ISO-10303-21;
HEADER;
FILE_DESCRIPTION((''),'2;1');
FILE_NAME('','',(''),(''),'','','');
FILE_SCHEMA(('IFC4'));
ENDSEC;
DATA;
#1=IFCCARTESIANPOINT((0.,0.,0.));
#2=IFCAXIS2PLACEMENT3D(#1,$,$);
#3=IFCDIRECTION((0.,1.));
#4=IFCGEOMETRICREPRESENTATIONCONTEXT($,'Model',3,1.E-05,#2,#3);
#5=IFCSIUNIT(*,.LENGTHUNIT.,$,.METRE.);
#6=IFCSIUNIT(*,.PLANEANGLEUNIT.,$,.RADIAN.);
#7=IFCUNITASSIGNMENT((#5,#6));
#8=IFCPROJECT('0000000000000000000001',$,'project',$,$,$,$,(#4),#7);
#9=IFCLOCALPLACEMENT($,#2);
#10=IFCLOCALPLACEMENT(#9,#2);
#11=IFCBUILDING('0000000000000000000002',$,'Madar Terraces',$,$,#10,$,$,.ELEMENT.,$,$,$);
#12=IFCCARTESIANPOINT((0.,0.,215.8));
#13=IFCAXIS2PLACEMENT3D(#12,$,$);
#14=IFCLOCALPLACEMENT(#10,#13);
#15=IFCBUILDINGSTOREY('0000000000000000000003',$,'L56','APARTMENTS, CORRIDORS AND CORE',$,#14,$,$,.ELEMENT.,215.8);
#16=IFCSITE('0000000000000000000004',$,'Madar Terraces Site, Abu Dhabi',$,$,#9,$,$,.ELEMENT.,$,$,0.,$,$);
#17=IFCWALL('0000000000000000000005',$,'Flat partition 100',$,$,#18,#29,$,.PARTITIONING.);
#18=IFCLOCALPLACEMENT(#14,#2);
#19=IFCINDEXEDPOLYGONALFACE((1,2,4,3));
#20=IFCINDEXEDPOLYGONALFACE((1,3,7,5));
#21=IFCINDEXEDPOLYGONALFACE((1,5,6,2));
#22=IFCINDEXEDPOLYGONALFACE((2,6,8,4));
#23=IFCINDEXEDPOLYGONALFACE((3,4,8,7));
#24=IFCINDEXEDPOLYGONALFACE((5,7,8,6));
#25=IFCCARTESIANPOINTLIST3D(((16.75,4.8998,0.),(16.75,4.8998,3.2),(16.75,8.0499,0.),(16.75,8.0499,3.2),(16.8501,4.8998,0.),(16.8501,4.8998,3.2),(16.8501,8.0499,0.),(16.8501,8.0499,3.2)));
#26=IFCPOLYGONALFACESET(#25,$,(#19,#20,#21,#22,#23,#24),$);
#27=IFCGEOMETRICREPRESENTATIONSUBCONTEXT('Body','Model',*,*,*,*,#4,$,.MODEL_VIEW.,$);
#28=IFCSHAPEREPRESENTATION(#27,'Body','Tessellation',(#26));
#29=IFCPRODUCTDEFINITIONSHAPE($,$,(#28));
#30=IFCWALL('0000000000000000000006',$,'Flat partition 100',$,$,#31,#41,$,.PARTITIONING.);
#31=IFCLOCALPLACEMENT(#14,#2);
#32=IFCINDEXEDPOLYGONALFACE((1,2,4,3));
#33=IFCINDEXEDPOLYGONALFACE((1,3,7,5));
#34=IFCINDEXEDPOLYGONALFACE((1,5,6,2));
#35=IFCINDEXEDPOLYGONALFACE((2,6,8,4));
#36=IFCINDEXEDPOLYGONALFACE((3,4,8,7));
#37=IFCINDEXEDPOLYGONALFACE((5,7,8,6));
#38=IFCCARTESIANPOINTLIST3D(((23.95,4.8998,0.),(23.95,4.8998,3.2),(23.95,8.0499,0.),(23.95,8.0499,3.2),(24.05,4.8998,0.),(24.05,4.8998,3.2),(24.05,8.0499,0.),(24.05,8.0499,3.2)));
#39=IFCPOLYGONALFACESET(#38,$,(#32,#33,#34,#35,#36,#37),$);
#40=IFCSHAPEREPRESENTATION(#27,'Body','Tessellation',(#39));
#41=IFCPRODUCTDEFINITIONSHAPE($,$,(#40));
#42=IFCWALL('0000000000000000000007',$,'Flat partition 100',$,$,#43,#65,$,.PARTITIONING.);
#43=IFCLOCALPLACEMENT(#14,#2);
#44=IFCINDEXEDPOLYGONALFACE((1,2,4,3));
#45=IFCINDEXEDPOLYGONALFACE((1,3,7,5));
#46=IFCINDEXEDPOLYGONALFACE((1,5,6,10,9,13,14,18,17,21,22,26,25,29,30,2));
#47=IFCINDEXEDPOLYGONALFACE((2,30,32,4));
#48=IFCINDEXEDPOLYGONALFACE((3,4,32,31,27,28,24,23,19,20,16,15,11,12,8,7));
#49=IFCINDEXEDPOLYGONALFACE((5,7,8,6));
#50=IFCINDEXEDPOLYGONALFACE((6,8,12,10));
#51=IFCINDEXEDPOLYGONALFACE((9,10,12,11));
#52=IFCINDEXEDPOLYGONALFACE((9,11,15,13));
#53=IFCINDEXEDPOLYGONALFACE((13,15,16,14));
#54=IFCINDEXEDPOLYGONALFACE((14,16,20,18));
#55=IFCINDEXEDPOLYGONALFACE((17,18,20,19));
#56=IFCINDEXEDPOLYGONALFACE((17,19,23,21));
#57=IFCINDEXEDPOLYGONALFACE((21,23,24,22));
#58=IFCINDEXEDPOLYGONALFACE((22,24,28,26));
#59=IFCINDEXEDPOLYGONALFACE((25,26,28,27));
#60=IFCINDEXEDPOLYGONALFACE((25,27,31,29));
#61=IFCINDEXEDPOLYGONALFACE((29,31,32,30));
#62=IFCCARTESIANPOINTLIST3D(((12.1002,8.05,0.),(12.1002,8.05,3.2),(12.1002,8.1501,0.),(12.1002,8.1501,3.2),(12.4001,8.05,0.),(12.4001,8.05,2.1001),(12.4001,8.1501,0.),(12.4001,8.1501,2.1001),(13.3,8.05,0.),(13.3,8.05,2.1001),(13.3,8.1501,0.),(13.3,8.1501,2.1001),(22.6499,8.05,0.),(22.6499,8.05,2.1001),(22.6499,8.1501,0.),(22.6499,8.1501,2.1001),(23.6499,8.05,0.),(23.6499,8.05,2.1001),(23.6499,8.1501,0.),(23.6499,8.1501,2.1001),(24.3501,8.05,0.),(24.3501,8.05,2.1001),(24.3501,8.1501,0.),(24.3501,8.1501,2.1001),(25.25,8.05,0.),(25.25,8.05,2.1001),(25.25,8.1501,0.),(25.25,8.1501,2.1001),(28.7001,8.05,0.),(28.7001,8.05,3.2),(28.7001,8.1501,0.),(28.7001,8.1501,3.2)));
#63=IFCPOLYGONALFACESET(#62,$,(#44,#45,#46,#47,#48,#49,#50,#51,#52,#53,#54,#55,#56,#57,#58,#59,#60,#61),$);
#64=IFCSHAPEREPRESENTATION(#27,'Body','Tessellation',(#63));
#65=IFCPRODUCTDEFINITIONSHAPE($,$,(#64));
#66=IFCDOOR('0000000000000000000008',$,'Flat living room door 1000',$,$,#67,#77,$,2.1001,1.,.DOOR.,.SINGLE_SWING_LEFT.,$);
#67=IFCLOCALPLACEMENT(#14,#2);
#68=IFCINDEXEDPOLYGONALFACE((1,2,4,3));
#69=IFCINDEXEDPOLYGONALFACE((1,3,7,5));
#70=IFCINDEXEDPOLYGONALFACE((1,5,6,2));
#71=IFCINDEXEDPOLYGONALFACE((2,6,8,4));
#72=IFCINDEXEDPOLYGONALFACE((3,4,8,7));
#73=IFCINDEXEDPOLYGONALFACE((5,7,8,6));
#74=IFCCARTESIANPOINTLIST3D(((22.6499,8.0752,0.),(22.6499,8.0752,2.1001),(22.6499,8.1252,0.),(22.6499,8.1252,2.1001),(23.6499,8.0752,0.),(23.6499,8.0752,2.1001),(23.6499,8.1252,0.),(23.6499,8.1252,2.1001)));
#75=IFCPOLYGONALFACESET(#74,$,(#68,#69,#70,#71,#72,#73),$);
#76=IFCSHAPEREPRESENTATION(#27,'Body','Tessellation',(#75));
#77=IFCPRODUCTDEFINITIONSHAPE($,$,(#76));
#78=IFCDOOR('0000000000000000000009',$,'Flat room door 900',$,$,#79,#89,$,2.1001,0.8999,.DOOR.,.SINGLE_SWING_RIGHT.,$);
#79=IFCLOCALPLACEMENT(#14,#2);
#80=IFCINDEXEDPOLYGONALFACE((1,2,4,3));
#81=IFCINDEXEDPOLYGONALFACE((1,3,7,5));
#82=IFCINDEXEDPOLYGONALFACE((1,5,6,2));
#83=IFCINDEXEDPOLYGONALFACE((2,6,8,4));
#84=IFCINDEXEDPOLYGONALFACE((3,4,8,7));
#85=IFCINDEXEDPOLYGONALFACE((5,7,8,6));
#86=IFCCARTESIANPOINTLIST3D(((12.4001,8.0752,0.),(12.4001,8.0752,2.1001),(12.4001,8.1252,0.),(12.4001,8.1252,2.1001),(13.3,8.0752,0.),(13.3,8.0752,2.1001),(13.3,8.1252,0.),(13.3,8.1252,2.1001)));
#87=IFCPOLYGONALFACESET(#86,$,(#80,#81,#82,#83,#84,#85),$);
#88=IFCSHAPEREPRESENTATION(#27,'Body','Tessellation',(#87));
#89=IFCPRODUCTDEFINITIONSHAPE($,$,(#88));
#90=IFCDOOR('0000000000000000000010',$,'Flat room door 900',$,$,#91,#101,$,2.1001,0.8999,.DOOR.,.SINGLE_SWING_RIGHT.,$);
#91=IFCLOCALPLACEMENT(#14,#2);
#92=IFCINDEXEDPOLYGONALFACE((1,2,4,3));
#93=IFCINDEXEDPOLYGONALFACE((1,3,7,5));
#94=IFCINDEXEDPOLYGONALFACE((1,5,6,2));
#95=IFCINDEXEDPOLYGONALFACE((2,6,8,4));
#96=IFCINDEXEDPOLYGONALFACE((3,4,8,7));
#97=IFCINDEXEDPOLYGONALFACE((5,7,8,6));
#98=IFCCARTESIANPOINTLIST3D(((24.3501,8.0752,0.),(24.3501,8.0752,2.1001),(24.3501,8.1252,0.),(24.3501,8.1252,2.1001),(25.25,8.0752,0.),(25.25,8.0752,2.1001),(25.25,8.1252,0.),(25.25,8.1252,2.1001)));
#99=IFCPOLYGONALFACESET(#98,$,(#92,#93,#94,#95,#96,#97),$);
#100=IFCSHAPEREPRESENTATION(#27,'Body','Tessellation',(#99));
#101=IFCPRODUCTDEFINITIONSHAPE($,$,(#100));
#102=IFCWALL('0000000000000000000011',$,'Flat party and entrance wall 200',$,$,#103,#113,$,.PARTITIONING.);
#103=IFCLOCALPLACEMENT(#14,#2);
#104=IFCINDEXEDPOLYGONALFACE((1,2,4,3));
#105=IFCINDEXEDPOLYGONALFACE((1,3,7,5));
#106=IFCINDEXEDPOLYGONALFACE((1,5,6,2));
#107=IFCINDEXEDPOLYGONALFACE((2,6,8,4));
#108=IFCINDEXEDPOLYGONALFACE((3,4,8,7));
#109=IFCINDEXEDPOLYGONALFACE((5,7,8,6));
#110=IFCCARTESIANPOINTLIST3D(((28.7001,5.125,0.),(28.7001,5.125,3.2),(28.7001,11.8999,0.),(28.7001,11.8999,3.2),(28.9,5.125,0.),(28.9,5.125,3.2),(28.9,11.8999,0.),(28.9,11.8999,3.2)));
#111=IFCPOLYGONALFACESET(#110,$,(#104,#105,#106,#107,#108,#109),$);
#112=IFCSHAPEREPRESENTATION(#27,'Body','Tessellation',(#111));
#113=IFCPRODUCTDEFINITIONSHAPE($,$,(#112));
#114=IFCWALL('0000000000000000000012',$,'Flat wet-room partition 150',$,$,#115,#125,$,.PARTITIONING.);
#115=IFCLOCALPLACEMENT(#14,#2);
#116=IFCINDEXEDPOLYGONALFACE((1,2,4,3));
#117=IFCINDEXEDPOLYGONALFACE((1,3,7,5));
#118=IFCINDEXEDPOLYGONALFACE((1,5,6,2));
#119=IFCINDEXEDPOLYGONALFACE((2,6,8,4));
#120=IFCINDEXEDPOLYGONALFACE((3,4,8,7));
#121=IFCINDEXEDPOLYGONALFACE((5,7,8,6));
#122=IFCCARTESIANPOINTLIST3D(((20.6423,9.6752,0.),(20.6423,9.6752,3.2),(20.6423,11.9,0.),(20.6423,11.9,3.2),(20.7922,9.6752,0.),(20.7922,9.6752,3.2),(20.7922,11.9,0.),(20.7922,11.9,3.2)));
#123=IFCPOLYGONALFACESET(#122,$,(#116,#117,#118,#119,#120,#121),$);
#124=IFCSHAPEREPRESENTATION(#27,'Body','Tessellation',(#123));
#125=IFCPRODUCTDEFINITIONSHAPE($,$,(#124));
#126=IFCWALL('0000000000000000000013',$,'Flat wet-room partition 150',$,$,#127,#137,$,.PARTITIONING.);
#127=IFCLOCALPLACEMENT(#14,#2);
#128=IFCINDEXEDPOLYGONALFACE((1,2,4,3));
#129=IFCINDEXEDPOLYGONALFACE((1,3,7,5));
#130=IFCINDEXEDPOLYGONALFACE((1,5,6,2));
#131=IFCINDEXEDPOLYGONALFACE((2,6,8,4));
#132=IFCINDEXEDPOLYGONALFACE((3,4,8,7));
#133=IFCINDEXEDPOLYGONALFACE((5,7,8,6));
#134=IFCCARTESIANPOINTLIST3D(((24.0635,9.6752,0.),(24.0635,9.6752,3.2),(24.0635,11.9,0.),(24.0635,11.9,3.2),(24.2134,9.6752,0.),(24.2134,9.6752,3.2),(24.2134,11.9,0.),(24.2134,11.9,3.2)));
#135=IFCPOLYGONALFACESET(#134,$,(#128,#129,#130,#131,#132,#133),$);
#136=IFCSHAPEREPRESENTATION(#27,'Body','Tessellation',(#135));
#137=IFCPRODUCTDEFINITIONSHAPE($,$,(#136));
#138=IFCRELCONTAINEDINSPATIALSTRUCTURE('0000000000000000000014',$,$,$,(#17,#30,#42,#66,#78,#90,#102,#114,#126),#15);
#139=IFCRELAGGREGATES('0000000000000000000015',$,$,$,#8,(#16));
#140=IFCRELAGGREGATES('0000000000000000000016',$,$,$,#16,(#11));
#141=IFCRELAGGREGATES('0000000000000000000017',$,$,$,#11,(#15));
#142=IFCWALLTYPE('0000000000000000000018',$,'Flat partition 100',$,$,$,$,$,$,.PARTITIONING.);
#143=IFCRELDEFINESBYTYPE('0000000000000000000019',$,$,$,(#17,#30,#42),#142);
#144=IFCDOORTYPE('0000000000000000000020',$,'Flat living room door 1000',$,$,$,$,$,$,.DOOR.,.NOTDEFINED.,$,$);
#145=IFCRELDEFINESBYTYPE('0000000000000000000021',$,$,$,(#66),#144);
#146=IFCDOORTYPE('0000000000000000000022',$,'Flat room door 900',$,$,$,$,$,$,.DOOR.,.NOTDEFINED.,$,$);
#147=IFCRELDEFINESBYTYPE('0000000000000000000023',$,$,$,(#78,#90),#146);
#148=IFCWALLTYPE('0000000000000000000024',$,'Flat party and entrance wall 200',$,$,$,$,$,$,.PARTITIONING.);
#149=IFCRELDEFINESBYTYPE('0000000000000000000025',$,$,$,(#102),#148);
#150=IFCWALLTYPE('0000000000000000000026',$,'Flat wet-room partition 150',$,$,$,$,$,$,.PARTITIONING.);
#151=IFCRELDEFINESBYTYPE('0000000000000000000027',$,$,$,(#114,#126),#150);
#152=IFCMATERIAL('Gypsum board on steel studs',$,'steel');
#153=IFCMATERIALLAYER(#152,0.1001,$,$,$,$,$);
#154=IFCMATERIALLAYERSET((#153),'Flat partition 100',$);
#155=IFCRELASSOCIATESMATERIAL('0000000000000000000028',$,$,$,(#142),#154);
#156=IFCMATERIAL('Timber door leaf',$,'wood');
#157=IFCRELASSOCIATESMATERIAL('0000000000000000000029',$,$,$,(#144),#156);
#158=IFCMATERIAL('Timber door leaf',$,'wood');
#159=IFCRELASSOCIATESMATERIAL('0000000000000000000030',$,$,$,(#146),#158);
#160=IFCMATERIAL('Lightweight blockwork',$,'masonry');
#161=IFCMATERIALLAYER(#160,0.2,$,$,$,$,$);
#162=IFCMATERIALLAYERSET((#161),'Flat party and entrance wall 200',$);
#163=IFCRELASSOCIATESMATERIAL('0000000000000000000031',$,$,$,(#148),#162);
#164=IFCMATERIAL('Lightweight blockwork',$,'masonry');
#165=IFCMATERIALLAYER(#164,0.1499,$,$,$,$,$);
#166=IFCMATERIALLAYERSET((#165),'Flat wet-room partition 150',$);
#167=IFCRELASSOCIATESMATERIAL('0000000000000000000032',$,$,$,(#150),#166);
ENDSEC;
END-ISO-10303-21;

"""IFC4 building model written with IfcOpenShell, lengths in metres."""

from ifc_helpers import new_model, si_unit, direction, frame, frame_2d, origin, place, context, subcontext, project, spatial, rectangle, extrude, material, layer, layer_set, type_object, element, fill, save


model = new_model("IFC4")

# Units and contexts
model_context = context("Model", 3, precision=1e-05, world=origin(), true_north=direction((0.0, 1.0)))
body_context = subcontext(model_context, "Body", "Model", "MODEL_VIEW")
ifc_project = project(units=[si_unit("LENGTHUNIT", "METRE"), si_unit("PLANEANGLEUNIT", "RADIAN")], contexts=[model_context])

# Site, building, storey
site_placement = place(None, origin())
site = spatial("IfcSite", under=ifc_project, at=site_placement, Name="Madar Terraces Site, Abu Dhabi", CompositionType="ELEMENT", RefElevation=0.0)
building_placement = place(site_placement, origin())
building = spatial("IfcBuilding", under=site, at=building_placement, Name="Madar Terraces", CompositionType="ELEMENT")
storey_placement = place(building_placement, frame((0.0, 0.0, 215.8)))
storey = spatial("IfcBuildingStorey", under=building, at=storey_placement, Name="L56", Description="APARTMENTS, CORRIDORS AND CORE", CompositionType="ELEMENT", Elevation=215.8)

# Walls
ifc_material_1 = material(Name="Gypsum board on steel studs", Category="steel")
ifc_layer_1 = layer(ifc_material_1, 0.1001)
ifc_layer_set_1 = layer_set([ifc_layer_1], Name="Flat partition 100")
wall_type_1 = type_object("IfcWallType", Name="Flat partition 100", PredefinedType="PARTITIONING", material=ifc_layer_set_1)
for number, where, z_axis, x_axis, name in (
    (1, (16.8, 8.05, 0.0), (0.0, 0.0, 1.0), (0.0, -1.0, 0.0), "Flat partition 100"),
    (2, (24.0, 8.05, 0.0), (0.0, 0.0, 1.0), (0.0, -1.0, 0.0), "Flat partition 100"),
):
    element("IfcWall", number, at=place(storey_placement, frame(where, z_axis=z_axis, x_axis=x_axis)), inside=storey, type_object=wall_type_1, Name=name, PredefinedType="PARTITIONING", context=body_context, shape_type="SweptSolid", body=[
        extrude(rectangle(XDim=3.1501, YDim=0.1001, at=frame_2d((1.5752, 0.0))), origin(), (0.0, 0.0, 1.0), 3.2),
    ])

# Wall, openings, doors
wall_1_placement = place(storey_placement, frame((28.7, 8.1001, 0.0), z_axis=(0.0, 0.0, 1.0), x_axis=(-1.0, 0.0, 0.0)))
wall_1 = element("IfcWall", 3, at=wall_1_placement, inside=storey, type_object=wall_type_1, Name="Flat partition 100", PredefinedType="PARTITIONING", context=body_context, shape_type="SweptSolid", body=[
    extrude(rectangle(XDim=16.5999, YDim=0.1001, at=frame_2d((8.2998, 0.0))), origin(), (0.0, 0.0, 1.0), 3.2),
])
opening_1_placement = place(wall_1_placement, frame((15.3999, 0.0, 0.0)))
opening_1 = element("IfcOpeningElement", 4, at=opening_1_placement, cuts=wall_1, PredefinedType="OPENING", context=body_context, shape_type="SweptSolid", body=[
    extrude(rectangle(XDim=0.8999, YDim=2.1001, at=frame_2d((0.45, 1.05))), frame((0.0, 0.0601, 0.0), z_axis=(0.0, -1.0, 0.0), x_axis=(1.0, 0.0, 0.0)), (0.0, 0.0, 1.0), 0.1201),
])
opening_2_placement = place(wall_1_placement, frame((5.05, 0.0, 0.0)))
opening_2 = element("IfcOpeningElement", 5, at=opening_2_placement, cuts=wall_1, PredefinedType="OPENING", context=body_context, shape_type="SweptSolid", body=[
    extrude(rectangle(XDim=1.0, YDim=2.1001, at=frame_2d((0.5, 1.05))), frame((0.0, 0.0601, 0.0), z_axis=(0.0, -1.0, 0.0), x_axis=(1.0, 0.0, 0.0)), (0.0, 0.0, 1.0), 0.1201),
])
opening_3_placement = place(wall_1_placement, frame((3.45, 0.0, 0.0)))
opening_3 = element("IfcOpeningElement", 6, at=opening_3_placement, cuts=wall_1, PredefinedType="OPENING", context=body_context, shape_type="SweptSolid", body=[
    extrude(rectangle(XDim=0.8999, YDim=2.1001, at=frame_2d((0.45, 1.05))), frame((0.0, 0.0601, 0.0), z_axis=(0.0, -1.0, 0.0), x_axis=(1.0, 0.0, 0.0)), (0.0, 0.0, 1.0), 0.1201),
])
ifc_material_2 = material(Name="Timber door leaf", Category="wood")
door_type_1 = type_object("IfcDoorType", Name="Flat living room door 1000", OperationType="NOTDEFINED", PredefinedType="DOOR", material=ifc_material_2)
door_1_placement = place(opening_2_placement, origin())
door_1 = element("IfcDoor", 7, at=door_1_placement, inside=storey, type_object=door_type_1, Name="Flat living room door 1000", OperationType="SINGLE_SWING_LEFT", OverallHeight=2.1001, OverallWidth=1.0, PredefinedType="DOOR", context=body_context, shape_type="SweptSolid", body=[
    extrude(rectangle(XDim=1.0, YDim=2.1001, at=frame_2d((0.5, 1.05))), frame((0.0, 0.0249, 0.0), z_axis=(0.0, -1.0, 0.0), x_axis=(1.0, 0.0, 0.0)), (0.0, 0.0, 1.0), 0.05),
])
fill(opening_2, door_1)
ifc_material_3 = material(Name="Timber door leaf", Category="wood")
door_type_2 = type_object("IfcDoorType", Name="Flat room door 900", OperationType="NOTDEFINED", PredefinedType="DOOR", material=ifc_material_3)
door_2_placement = place(opening_1_placement, origin())
door_2 = element("IfcDoor", 8, at=door_2_placement, inside=storey, type_object=door_type_2, Name="Flat room door 900", OperationType="SINGLE_SWING_RIGHT", OverallHeight=2.1001, OverallWidth=0.8999, PredefinedType="DOOR", context=body_context, shape_type="SweptSolid", body=[
    extrude(rectangle(XDim=0.8999, YDim=2.1001, at=frame_2d((0.45, 1.05))), frame((0.0, 0.0249, 0.0), z_axis=(0.0, -1.0, 0.0), x_axis=(1.0, 0.0, 0.0)), (0.0, 0.0, 1.0), 0.05),
])
fill(opening_1, door_2)
door_3_placement = place(opening_3_placement, origin())
door_3 = element("IfcDoor", 9, at=door_3_placement, inside=storey, type_object=door_type_2, Name="Flat room door 900", OperationType="SINGLE_SWING_RIGHT", OverallHeight=2.1001, OverallWidth=0.8999, PredefinedType="DOOR", context=body_context, shape_type="SweptSolid", body=[
    extrude(rectangle(XDim=0.8999, YDim=2.1001, at=frame_2d((0.45, 1.05))), frame((0.0, 0.0249, 0.0), z_axis=(0.0, -1.0, 0.0), x_axis=(1.0, 0.0, 0.0)), (0.0, 0.0, 1.0), 0.05),
])
fill(opening_3, door_3)

# Walls
ifc_material_4 = material(Name="Lightweight blockwork", Category="masonry")
ifc_layer_2 = layer(ifc_material_4, 0.2)
ifc_layer_set_2 = layer_set([ifc_layer_2], Name="Flat party and entrance wall 200")
wall_type_2 = type_object("IfcWallType", Name="Flat party and entrance wall 200", PredefinedType="PARTITIONING", material=ifc_layer_set_2)
wall_2_placement = place(storey_placement, frame((28.8, 11.8999, 0.0), z_axis=(0.0, 0.0, 1.0), x_axis=(0.0, -1.0, 0.0)))
element("IfcWall", 10, at=wall_2_placement, inside=storey, type_object=wall_type_2, Name="Flat party and entrance wall 200", PredefinedType="PARTITIONING", context=body_context, shape_type="SweptSolid", body=[
    extrude(rectangle(XDim=6.7749, YDim=0.2, at=frame_2d((3.3875, 0.0))), origin(), (0.0, 0.0, 1.0), 3.2),
])
ifc_material_5 = material(Name="Lightweight blockwork", Category="masonry")
ifc_layer_3 = layer(ifc_material_5, 0.1499)
ifc_layer_set_3 = layer_set([ifc_layer_3], Name="Flat wet-room partition 150")
wall_type_3 = type_object("IfcWallType", Name="Flat wet-room partition 150", PredefinedType="PARTITIONING", material=ifc_layer_set_3)
for number, where, z_axis, x_axis, name in (
    (11, (20.7173, 11.8999, 0.0), (0.0, 0.0, 1.0), (0.0, -1.0, 0.0), "Flat wet-room partition 150"),
    (12, (24.1384, 11.8999, 0.0), (0.0, 0.0, 1.0), (0.0, -1.0, 0.0), "Flat wet-room partition 150"),
):
    element("IfcWall", number, at=place(storey_placement, frame(where, z_axis=z_axis, x_axis=x_axis)), inside=storey, type_object=wall_type_3, Name=name, PredefinedType="PARTITIONING", context=body_context, shape_type="SweptSolid", body=[
        extrude(rectangle(XDim=2.2249, YDim=0.1499, at=frame_2d((1.1123, 0.0))), origin(), (0.0, 0.0, 1.0), 3.2),
    ])

save(model, "model.ifc")
